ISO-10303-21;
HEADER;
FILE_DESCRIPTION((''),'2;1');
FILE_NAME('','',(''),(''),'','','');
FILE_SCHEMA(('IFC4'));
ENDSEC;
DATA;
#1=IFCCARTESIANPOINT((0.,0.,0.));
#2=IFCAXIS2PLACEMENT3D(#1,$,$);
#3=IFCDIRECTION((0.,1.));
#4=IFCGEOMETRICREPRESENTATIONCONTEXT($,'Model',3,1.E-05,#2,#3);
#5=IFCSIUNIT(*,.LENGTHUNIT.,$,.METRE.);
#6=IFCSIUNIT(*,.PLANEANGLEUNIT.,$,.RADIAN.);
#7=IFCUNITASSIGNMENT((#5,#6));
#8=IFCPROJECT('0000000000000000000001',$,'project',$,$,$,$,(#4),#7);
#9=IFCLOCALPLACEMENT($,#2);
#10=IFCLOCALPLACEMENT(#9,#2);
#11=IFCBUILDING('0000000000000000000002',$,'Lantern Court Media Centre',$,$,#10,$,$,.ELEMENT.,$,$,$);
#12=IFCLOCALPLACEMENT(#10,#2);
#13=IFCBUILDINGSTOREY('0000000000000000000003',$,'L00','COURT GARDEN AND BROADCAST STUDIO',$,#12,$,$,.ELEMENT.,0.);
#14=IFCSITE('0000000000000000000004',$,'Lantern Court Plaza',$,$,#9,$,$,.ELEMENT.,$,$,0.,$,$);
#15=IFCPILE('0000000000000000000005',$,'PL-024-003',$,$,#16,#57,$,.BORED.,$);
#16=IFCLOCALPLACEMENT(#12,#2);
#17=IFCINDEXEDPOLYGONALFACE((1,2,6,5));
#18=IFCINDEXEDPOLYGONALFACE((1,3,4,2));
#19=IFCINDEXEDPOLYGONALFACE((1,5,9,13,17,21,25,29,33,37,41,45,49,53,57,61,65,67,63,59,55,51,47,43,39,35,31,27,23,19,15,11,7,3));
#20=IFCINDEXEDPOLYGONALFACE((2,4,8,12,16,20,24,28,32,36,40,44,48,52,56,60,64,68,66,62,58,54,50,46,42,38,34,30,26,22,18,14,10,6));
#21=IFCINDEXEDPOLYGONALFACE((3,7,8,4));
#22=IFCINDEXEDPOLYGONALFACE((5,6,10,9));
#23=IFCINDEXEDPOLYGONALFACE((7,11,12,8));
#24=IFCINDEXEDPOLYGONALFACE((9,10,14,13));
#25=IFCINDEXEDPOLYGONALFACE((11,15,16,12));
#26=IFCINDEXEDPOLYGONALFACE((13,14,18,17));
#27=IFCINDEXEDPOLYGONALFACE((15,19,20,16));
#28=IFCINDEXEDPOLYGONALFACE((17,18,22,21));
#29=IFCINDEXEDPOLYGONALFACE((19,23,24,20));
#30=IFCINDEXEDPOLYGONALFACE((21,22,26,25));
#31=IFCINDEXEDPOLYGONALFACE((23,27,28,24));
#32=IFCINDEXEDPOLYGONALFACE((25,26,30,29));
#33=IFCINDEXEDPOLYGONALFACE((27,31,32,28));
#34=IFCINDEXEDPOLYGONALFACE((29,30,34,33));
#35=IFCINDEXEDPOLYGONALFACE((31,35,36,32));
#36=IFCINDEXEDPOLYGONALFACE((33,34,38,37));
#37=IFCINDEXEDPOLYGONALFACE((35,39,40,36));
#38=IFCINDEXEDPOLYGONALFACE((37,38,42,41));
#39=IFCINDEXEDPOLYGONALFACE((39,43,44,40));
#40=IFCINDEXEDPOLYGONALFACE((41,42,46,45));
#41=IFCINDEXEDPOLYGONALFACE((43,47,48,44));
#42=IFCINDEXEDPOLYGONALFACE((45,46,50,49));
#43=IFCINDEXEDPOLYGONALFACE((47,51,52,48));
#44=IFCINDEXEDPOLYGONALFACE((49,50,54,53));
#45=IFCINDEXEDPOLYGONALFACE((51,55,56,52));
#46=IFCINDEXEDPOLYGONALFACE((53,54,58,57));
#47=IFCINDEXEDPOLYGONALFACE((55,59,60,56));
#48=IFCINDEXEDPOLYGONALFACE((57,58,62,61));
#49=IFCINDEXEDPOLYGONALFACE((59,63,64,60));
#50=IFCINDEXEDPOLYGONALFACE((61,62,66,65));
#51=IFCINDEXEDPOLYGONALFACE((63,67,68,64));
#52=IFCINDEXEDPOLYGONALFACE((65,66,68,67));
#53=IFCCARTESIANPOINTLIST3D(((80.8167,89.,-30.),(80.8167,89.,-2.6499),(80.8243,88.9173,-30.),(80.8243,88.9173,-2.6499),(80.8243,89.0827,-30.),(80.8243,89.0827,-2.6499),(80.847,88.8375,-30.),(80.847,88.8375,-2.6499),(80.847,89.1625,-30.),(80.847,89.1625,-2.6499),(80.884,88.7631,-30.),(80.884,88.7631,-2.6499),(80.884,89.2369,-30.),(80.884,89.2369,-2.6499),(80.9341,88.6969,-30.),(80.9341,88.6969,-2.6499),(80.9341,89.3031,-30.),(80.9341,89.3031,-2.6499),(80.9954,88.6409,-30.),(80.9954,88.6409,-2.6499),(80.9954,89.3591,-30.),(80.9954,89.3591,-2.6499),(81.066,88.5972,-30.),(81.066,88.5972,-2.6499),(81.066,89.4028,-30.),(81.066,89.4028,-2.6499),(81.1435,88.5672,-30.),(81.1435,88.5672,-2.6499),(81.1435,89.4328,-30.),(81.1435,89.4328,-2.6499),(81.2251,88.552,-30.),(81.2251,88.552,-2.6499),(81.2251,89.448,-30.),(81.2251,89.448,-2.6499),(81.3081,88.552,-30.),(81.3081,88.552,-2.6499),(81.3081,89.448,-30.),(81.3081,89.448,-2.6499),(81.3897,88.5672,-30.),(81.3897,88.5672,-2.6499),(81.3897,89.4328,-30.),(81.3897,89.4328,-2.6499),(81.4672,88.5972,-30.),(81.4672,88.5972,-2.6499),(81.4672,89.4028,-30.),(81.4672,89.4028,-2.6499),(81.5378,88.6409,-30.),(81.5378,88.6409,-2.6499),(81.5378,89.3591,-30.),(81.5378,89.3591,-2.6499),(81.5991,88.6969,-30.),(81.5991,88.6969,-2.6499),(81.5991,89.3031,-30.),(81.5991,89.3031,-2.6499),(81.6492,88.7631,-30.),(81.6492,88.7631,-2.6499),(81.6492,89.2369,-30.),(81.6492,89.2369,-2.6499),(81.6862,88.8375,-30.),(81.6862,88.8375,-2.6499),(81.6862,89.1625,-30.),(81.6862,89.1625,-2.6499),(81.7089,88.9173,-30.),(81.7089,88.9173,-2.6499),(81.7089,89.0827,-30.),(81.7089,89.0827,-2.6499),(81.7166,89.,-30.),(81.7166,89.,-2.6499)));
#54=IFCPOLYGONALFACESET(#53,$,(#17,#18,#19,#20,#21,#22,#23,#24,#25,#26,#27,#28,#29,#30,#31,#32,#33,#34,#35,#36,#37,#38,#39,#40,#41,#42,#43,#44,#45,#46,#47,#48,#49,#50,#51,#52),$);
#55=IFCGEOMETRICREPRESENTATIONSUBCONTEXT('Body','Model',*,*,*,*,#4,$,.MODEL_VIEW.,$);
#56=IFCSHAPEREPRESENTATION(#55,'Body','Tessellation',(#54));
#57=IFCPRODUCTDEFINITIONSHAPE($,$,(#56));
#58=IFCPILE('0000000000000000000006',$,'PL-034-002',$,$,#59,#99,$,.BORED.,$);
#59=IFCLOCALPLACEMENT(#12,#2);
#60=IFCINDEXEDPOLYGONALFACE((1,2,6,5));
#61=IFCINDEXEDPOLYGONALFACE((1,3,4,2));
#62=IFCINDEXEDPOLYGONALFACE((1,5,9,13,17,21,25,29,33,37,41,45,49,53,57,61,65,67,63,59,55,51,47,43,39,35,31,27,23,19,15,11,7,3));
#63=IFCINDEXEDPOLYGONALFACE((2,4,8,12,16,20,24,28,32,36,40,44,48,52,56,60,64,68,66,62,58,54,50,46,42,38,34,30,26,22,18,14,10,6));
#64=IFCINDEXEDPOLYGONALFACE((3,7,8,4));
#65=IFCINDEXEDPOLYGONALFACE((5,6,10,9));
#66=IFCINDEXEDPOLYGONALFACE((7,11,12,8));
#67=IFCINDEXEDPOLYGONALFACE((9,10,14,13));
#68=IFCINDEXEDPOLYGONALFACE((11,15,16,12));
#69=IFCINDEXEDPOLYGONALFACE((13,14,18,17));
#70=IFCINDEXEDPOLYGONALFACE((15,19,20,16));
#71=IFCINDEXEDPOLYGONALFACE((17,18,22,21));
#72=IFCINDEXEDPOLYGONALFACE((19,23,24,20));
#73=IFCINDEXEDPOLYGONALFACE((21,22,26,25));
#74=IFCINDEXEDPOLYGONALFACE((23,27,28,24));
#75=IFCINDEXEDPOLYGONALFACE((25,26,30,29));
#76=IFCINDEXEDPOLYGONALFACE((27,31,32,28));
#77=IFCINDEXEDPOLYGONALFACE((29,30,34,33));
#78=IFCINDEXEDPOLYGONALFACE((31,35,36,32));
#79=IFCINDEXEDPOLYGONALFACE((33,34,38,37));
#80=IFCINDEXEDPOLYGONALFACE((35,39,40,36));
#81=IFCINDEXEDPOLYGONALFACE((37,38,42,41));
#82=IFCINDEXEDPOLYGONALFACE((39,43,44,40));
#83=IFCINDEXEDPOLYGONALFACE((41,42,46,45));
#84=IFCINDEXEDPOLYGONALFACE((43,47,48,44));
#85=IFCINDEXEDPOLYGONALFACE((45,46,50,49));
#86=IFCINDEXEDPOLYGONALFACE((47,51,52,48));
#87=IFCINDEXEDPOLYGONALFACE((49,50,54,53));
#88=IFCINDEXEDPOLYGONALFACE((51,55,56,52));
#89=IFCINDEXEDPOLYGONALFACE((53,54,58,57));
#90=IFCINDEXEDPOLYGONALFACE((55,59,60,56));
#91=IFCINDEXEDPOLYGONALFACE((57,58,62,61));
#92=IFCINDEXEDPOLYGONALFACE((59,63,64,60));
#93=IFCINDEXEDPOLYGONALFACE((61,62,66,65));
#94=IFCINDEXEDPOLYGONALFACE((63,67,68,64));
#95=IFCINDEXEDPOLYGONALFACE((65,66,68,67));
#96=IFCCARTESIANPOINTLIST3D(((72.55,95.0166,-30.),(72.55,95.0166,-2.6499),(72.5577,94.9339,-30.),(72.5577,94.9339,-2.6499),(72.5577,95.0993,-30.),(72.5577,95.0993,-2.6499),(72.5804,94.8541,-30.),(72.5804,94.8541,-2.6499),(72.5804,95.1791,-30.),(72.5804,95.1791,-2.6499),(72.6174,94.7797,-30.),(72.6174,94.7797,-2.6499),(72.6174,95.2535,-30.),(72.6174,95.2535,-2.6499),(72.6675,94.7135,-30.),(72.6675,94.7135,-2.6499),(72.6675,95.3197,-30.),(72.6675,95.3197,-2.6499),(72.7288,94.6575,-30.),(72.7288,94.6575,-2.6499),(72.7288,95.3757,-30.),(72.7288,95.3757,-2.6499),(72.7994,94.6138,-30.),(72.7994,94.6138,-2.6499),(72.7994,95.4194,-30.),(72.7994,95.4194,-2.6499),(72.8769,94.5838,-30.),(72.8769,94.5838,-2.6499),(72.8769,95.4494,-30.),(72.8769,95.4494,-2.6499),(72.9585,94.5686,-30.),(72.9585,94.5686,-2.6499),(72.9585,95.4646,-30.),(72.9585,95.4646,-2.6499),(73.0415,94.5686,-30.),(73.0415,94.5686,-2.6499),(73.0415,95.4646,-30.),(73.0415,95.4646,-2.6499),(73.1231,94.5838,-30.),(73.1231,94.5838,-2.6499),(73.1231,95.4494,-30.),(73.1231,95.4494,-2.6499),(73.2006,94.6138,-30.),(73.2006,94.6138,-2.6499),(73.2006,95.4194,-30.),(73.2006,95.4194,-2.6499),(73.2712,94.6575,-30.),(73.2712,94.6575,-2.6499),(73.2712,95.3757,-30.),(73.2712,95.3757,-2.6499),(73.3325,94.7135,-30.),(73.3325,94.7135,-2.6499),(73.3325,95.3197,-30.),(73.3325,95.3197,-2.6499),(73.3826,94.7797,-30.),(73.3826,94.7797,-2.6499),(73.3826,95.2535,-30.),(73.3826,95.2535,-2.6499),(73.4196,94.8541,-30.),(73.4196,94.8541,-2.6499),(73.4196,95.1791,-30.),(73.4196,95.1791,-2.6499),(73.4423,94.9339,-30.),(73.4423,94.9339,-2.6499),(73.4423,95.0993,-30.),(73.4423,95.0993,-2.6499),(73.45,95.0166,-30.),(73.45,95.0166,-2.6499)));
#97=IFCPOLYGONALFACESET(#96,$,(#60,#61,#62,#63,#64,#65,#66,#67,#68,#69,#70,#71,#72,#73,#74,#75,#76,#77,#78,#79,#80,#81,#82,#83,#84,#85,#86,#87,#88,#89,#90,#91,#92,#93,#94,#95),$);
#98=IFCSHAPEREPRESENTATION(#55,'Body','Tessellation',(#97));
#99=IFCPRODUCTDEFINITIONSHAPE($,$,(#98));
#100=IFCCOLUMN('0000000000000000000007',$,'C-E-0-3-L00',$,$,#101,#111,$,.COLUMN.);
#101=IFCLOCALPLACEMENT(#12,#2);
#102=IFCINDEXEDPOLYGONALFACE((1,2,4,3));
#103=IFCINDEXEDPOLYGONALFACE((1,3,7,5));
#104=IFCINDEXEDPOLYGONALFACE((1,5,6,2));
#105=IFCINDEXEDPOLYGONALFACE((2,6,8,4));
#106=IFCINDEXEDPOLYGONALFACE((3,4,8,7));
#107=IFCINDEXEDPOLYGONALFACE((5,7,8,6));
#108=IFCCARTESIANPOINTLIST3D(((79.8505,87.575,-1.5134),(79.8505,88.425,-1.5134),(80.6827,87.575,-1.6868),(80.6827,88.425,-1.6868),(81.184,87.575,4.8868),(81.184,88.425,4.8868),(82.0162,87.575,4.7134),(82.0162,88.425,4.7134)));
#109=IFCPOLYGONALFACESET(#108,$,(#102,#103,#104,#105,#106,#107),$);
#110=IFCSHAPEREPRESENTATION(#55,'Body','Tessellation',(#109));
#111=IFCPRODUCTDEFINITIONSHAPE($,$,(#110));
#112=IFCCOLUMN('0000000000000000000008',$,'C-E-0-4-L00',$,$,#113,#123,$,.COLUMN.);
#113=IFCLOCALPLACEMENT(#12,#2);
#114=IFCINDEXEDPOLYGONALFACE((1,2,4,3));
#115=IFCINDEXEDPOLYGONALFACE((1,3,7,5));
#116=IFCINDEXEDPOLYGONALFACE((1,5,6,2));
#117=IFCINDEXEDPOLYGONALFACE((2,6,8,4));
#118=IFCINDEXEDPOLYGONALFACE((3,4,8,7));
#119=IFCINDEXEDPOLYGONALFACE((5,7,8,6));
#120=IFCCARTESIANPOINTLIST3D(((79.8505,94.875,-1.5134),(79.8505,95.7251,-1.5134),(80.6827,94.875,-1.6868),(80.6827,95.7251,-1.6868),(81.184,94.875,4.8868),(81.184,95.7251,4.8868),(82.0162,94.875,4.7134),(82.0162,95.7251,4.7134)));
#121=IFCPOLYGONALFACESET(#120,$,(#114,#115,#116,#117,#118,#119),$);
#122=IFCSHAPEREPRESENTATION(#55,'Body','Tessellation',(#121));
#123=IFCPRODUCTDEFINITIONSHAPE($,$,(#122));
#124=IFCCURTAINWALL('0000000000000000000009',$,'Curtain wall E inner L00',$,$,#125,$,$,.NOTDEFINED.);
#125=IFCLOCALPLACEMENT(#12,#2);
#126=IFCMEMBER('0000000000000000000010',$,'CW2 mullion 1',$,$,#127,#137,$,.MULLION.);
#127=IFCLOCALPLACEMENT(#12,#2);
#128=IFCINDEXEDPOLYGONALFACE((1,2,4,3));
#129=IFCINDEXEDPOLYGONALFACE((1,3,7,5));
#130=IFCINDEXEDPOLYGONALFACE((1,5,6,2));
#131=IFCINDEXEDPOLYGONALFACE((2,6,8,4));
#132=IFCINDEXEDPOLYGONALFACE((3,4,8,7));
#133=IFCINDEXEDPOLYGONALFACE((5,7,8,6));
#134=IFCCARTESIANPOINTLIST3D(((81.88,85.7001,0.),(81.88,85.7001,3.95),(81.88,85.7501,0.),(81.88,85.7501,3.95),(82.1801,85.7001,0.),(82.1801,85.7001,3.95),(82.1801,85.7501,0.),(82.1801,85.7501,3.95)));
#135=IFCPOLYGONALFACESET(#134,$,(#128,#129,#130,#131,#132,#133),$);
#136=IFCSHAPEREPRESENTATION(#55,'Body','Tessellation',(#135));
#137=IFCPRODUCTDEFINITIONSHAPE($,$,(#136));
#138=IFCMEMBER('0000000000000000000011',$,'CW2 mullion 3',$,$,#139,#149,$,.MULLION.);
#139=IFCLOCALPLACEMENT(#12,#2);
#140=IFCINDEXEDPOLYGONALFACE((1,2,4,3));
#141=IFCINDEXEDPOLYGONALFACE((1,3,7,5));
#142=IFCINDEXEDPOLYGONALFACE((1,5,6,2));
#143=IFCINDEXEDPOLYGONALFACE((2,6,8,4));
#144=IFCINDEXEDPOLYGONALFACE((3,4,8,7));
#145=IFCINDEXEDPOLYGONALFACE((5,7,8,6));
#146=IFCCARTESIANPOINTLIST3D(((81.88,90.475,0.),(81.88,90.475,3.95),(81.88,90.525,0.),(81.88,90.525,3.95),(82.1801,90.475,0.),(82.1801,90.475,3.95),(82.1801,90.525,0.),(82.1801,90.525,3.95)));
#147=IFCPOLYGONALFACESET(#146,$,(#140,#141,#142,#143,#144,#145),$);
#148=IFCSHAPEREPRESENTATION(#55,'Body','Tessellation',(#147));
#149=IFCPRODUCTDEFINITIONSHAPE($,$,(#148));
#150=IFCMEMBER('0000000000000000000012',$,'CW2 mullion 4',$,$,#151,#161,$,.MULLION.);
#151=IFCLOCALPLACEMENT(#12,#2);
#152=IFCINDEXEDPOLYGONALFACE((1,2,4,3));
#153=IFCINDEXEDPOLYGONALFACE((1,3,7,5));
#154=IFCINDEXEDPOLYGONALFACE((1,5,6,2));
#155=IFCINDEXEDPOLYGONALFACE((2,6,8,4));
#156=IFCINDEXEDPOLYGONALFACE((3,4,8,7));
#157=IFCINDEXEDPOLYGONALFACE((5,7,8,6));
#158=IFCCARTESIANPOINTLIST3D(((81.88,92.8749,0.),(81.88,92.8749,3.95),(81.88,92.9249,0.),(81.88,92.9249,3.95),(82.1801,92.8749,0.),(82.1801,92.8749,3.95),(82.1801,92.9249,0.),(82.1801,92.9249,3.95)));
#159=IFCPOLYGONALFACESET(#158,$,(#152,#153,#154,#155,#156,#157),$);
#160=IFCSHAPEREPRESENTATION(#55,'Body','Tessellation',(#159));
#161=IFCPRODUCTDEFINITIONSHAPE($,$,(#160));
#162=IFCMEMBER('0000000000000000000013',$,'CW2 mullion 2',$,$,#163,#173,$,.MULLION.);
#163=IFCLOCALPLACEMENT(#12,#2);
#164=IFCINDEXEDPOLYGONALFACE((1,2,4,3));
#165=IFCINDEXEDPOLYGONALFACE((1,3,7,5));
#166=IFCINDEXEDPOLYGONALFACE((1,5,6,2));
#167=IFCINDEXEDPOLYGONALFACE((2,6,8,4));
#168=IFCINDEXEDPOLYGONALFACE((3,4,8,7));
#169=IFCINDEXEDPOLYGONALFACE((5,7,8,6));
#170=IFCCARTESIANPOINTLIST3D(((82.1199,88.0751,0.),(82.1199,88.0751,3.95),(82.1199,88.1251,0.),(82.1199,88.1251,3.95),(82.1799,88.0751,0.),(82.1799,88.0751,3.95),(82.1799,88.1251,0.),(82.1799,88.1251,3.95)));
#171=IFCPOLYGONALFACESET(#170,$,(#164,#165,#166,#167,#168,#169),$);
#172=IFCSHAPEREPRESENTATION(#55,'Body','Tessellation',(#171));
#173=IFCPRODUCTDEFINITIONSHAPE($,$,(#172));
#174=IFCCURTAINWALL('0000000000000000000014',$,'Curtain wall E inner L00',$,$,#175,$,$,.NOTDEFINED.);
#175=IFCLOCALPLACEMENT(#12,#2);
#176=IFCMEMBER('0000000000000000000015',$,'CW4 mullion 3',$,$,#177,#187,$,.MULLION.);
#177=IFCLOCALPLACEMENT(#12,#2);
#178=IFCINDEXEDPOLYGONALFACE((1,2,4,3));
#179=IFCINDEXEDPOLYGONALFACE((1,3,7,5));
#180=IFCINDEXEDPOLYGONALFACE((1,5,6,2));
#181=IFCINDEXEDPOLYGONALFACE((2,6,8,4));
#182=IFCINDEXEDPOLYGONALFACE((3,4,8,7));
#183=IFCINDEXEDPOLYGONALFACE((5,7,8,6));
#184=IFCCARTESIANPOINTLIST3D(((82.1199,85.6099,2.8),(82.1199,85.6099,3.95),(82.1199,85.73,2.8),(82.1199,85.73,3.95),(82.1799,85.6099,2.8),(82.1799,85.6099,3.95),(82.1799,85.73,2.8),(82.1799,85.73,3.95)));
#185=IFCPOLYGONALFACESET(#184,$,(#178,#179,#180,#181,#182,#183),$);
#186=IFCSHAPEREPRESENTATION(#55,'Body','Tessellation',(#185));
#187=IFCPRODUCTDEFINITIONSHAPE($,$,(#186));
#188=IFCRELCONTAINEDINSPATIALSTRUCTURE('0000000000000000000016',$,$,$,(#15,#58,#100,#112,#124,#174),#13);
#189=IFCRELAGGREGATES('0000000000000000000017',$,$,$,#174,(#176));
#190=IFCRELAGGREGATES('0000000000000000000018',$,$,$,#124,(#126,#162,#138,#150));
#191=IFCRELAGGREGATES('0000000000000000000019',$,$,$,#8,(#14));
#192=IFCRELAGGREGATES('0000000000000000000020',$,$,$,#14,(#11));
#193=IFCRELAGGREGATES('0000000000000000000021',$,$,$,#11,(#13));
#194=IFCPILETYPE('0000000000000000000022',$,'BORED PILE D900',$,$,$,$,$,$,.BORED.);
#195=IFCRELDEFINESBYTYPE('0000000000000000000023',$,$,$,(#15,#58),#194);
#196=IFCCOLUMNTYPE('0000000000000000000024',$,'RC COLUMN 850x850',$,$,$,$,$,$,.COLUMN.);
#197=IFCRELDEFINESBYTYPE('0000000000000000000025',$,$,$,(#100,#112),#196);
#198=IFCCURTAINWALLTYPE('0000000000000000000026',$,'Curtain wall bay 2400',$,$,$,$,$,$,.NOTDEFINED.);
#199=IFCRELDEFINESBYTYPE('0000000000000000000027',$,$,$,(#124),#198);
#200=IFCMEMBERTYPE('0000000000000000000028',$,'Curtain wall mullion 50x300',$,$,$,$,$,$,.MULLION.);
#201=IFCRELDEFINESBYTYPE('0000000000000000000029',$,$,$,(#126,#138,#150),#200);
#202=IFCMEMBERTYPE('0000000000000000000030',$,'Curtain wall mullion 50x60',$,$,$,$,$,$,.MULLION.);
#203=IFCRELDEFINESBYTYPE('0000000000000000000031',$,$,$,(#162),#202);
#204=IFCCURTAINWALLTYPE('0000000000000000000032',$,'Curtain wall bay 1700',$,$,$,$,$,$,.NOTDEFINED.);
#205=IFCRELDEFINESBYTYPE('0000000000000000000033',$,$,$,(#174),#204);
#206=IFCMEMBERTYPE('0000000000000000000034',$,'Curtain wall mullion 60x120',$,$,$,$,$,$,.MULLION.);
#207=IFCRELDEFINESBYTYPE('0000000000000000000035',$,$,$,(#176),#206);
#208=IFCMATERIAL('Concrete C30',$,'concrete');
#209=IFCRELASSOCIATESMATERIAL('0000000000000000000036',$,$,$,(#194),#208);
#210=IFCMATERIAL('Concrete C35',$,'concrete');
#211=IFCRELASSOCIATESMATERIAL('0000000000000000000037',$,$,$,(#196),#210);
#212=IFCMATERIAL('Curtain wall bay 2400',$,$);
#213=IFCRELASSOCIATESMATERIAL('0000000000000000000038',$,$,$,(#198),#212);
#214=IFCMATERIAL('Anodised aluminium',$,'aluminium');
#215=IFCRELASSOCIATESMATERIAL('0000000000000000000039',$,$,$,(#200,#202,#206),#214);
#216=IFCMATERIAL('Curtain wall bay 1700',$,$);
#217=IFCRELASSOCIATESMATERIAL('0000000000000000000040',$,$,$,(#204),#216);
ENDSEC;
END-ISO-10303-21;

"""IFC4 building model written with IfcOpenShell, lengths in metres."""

from ifc_helpers import new_model, si_unit, direction, frame, origin, origin_2d, place, context, subcontext, project, spatial, rectangle, circle, extrude, material, material_profile, profile_set, type_object, element, aggregate, save


model = new_model("IFC4")

# Units and contexts
model_context = context("Model", 3, precision=1e-05, world=origin(), true_north=direction((0.0, 1.0)))
body_context = subcontext(model_context, "Body", "Model", "MODEL_VIEW")
ifc_project = project(units=[si_unit("LENGTHUNIT", "METRE"), si_unit("PLANEANGLEUNIT", "RADIAN")], contexts=[model_context])

# Site, building, storey
site_placement = place(None, origin())
site = spatial("IfcSite", under=ifc_project, at=site_placement, Name="Lantern Court Plaza", CompositionType="ELEMENT", RefElevation=0.0)
building_placement = place(site_placement, origin())
building = spatial("IfcBuilding", under=site, at=building_placement, Name="Lantern Court Media Centre", CompositionType="ELEMENT")
storey_placement = place(building_placement, origin())
storey = spatial("IfcBuildingStorey", under=building, at=storey_placement, Name="L00", Description="COURT GARDEN AND BROADCAST STUDIO", CompositionType="ELEMENT", Elevation=0.0)

# Piles
ifc_material_1 = material(Name="Concrete C30", Category="concrete")
ifc_material_profile_1 = material_profile(ifc_material_1, circle(Radius=0.45, at=origin_2d()), Name="D900")
ifc_profile_set_1 = profile_set([ifc_material_profile_1], Name="Concrete C30")
pile_type_1 = type_object("IfcPileType", Name="BORED PILE D900", PredefinedType="BORED", material=ifc_profile_set_1)
for number, where, z_axis, x_axis, name in (
    (1, (81.2666, 89.0, -2.6499), (0.0, 0.0, -1.0), (1.0, 0.0, 0.0), "PL-024-003"),
    (2, (73.0, 95.0166, -2.6499), (0.0, 0.0, -1.0), (1.0, 0.0, 0.0), "PL-034-002"),
):
    element("IfcPile", number, at=place(storey_placement, frame(where, z_axis=z_axis, x_axis=x_axis)), inside=storey, type_object=pile_type_1, Name=name, PredefinedType="BORED", context=body_context, shape_type="SweptSolid", body=[
        extrude(circle(Radius=0.45, at=origin_2d()), origin(), (0.0, 0.0, 1.0), 27.3501),
    ])

# Columns
ifc_material_2 = material(Name="Concrete C35", Category="concrete")
ifc_material_profile_2 = material_profile(ifc_material_2, rectangle(XDim=0.8501, YDim=0.8501, at=origin_2d()), Name="RC 850x850")
ifc_profile_set_2 = profile_set([ifc_material_profile_2], Name="Concrete C35")
column_type = type_object("IfcColumnType", Name="RC COLUMN 850x850", PredefinedType="COLUMN", material=ifc_profile_set_2)
for number, where, z_axis, x_axis, name in (
    (3, (80.2666, 88.0, -1.6001), (0.203974, 0.0, 0.978976), (0.0, 1.0, 0.0), "C-E-0-3-L00"),
    (4, (80.2666, 95.3, -1.6001), (0.203974, 0.0, 0.978976), (0.0, 1.0, 0.0), "C-E-0-4-L00"),
):
    element("IfcColumn", number, at=place(storey_placement, frame(where, z_axis=z_axis, x_axis=x_axis)), inside=storey, type_object=column_type, Name=name, PredefinedType="COLUMN", context=body_context, shape_type="SweptSolid", body=[
        extrude(rectangle(XDim=0.8501, YDim=0.8501, at=origin_2d()), origin(), (0.0, 0.0, 1.0), 6.5376),
    ])

# Curtain wall, members
ifc_material_3 = material(Name="Curtain wall bay 2400")
curtain_wall_type_1 = type_object("IfcCurtainWallType", Name="Curtain wall bay 2400", PredefinedType="NOTDEFINED", material=ifc_material_3)
curtain_wall_1_placement = place(storey_placement, origin())
curtain_wall_1 = element("IfcCurtainWall", 5, at=curtain_wall_1_placement, inside=storey, type_object=curtain_wall_type_1, Name="Curtain wall E inner L00", PredefinedType="NOTDEFINED")
ifc_material_4 = material(Name="Anodised aluminium", Category="aluminium")
ifc_material_profile_3 = material_profile(ifc_material_4, rectangle(XDim=0.3, YDim=0.05, at=origin_2d()), Name="AL 50x300")
ifc_profile_set_3 = profile_set([ifc_material_profile_3], Name="Anodised aluminium")
member_type_1 = type_object("IfcMemberType", Name="Curtain wall mullion 50x300", PredefinedType="MULLION", material=ifc_profile_set_3)
member_1_placement = place(storey_placement, frame((82.03, 85.7251, 0.0), z_axis=(0.0, 0.0, 1.0), x_axis=(-1.0, 0.0, 0.0)))
member_1 = element("IfcMember", 6, at=member_1_placement, type_object=member_type_1, Name="CW2 mullion 1", PredefinedType="MULLION", context=body_context, shape_type="SweptSolid", body=[
    extrude(rectangle(XDim=0.3, YDim=0.05, at=origin_2d()), origin(), (0.0, 0.0, 1.0), 3.95),
])
member_2_placement = place(storey_placement, frame((82.03, 90.5, 0.0), z_axis=(0.0, 0.0, 1.0), x_axis=(-1.0, 0.0, 0.0)))
member_2 = element("IfcMember", 7, at=member_2_placement, type_object=member_type_1, Name="CW2 mullion 3", PredefinedType="MULLION", context=body_context, shape_type="SweptSolid", body=[
    extrude(rectangle(XDim=0.3, YDim=0.05, at=origin_2d()), origin(), (0.0, 0.0, 1.0), 3.95),
])
member_3_placement = place(storey_placement, frame((82.03, 92.8999, 0.0), z_axis=(0.0, 0.0, 1.0), x_axis=(-1.0, 0.0, 0.0)))
member_3 = element("IfcMember", 8, at=member_3_placement, type_object=member_type_1, Name="CW2 mullion 4", PredefinedType="MULLION", context=body_context, shape_type="SweptSolid", body=[
    extrude(rectangle(XDim=0.3, YDim=0.05, at=origin_2d()), origin(), (0.0, 0.0, 1.0), 3.95),
])
ifc_material_profile_4 = material_profile(ifc_material_4, rectangle(XDim=0.0601, YDim=0.05, at=origin_2d()), Name="AL 50x60")
ifc_profile_set_4 = profile_set([ifc_material_profile_4], Name="Anodised aluminium")
member_type_2 = type_object("IfcMemberType", Name="Curtain wall mullion 50x60", PredefinedType="MULLION", material=ifc_profile_set_4)
member_4_placement = place(storey_placement, frame((82.1499, 88.1001, 0.0), z_axis=(0.0, 0.0, 1.0), x_axis=(-1.0, 0.0, 0.0)))
member_4 = element("IfcMember", 9, at=member_4_placement, type_object=member_type_2, Name="CW2 mullion 2", PredefinedType="MULLION", context=body_context, shape_type="SweptSolid", body=[
    extrude(rectangle(XDim=0.0601, YDim=0.05, at=origin_2d()), origin(), (0.0, 0.0, 1.0), 3.95),
])

# Curtain wall, member
ifc_material_5 = material(Name="Curtain wall bay 1700")
curtain_wall_type_2 = type_object("IfcCurtainWallType", Name="Curtain wall bay 1700", PredefinedType="NOTDEFINED", material=ifc_material_5)
curtain_wall_2_placement = place(storey_placement, origin())
curtain_wall_2 = element("IfcCurtainWall", 10, at=curtain_wall_2_placement, inside=storey, type_object=curtain_wall_type_2, Name="Curtain wall E inner L00", PredefinedType="NOTDEFINED")
ifc_material_profile_5 = material_profile(ifc_material_4, rectangle(XDim=0.0601, YDim=0.1201, at=origin_2d()), Name="AL 60x120")
ifc_profile_set_5 = profile_set([ifc_material_profile_5], Name="Anodised aluminium")
member_type_3 = type_object("IfcMemberType", Name="Curtain wall mullion 60x120", PredefinedType="MULLION", material=ifc_profile_set_5)
member_5_placement = place(storey_placement, frame((82.1499, 85.6699, 2.8), z_axis=(0.0, 0.0, 1.0), x_axis=(-1.0, 0.0, 0.0)))
member_5 = element("IfcMember", 11, at=member_5_placement, type_object=member_type_3, Name="CW4 mullion 3", PredefinedType="MULLION", context=body_context, shape_type="SweptSolid", body=[
    extrude(rectangle(XDim=0.0601, YDim=0.1201, at=origin_2d()), origin(), (0.0, 0.0, 1.0), 1.1499),
])
aggregate(curtain_wall_2, [member_5])

aggregate(curtain_wall_1, [member_1, member_4, member_2, member_3])

save(model, "model.ifc")
